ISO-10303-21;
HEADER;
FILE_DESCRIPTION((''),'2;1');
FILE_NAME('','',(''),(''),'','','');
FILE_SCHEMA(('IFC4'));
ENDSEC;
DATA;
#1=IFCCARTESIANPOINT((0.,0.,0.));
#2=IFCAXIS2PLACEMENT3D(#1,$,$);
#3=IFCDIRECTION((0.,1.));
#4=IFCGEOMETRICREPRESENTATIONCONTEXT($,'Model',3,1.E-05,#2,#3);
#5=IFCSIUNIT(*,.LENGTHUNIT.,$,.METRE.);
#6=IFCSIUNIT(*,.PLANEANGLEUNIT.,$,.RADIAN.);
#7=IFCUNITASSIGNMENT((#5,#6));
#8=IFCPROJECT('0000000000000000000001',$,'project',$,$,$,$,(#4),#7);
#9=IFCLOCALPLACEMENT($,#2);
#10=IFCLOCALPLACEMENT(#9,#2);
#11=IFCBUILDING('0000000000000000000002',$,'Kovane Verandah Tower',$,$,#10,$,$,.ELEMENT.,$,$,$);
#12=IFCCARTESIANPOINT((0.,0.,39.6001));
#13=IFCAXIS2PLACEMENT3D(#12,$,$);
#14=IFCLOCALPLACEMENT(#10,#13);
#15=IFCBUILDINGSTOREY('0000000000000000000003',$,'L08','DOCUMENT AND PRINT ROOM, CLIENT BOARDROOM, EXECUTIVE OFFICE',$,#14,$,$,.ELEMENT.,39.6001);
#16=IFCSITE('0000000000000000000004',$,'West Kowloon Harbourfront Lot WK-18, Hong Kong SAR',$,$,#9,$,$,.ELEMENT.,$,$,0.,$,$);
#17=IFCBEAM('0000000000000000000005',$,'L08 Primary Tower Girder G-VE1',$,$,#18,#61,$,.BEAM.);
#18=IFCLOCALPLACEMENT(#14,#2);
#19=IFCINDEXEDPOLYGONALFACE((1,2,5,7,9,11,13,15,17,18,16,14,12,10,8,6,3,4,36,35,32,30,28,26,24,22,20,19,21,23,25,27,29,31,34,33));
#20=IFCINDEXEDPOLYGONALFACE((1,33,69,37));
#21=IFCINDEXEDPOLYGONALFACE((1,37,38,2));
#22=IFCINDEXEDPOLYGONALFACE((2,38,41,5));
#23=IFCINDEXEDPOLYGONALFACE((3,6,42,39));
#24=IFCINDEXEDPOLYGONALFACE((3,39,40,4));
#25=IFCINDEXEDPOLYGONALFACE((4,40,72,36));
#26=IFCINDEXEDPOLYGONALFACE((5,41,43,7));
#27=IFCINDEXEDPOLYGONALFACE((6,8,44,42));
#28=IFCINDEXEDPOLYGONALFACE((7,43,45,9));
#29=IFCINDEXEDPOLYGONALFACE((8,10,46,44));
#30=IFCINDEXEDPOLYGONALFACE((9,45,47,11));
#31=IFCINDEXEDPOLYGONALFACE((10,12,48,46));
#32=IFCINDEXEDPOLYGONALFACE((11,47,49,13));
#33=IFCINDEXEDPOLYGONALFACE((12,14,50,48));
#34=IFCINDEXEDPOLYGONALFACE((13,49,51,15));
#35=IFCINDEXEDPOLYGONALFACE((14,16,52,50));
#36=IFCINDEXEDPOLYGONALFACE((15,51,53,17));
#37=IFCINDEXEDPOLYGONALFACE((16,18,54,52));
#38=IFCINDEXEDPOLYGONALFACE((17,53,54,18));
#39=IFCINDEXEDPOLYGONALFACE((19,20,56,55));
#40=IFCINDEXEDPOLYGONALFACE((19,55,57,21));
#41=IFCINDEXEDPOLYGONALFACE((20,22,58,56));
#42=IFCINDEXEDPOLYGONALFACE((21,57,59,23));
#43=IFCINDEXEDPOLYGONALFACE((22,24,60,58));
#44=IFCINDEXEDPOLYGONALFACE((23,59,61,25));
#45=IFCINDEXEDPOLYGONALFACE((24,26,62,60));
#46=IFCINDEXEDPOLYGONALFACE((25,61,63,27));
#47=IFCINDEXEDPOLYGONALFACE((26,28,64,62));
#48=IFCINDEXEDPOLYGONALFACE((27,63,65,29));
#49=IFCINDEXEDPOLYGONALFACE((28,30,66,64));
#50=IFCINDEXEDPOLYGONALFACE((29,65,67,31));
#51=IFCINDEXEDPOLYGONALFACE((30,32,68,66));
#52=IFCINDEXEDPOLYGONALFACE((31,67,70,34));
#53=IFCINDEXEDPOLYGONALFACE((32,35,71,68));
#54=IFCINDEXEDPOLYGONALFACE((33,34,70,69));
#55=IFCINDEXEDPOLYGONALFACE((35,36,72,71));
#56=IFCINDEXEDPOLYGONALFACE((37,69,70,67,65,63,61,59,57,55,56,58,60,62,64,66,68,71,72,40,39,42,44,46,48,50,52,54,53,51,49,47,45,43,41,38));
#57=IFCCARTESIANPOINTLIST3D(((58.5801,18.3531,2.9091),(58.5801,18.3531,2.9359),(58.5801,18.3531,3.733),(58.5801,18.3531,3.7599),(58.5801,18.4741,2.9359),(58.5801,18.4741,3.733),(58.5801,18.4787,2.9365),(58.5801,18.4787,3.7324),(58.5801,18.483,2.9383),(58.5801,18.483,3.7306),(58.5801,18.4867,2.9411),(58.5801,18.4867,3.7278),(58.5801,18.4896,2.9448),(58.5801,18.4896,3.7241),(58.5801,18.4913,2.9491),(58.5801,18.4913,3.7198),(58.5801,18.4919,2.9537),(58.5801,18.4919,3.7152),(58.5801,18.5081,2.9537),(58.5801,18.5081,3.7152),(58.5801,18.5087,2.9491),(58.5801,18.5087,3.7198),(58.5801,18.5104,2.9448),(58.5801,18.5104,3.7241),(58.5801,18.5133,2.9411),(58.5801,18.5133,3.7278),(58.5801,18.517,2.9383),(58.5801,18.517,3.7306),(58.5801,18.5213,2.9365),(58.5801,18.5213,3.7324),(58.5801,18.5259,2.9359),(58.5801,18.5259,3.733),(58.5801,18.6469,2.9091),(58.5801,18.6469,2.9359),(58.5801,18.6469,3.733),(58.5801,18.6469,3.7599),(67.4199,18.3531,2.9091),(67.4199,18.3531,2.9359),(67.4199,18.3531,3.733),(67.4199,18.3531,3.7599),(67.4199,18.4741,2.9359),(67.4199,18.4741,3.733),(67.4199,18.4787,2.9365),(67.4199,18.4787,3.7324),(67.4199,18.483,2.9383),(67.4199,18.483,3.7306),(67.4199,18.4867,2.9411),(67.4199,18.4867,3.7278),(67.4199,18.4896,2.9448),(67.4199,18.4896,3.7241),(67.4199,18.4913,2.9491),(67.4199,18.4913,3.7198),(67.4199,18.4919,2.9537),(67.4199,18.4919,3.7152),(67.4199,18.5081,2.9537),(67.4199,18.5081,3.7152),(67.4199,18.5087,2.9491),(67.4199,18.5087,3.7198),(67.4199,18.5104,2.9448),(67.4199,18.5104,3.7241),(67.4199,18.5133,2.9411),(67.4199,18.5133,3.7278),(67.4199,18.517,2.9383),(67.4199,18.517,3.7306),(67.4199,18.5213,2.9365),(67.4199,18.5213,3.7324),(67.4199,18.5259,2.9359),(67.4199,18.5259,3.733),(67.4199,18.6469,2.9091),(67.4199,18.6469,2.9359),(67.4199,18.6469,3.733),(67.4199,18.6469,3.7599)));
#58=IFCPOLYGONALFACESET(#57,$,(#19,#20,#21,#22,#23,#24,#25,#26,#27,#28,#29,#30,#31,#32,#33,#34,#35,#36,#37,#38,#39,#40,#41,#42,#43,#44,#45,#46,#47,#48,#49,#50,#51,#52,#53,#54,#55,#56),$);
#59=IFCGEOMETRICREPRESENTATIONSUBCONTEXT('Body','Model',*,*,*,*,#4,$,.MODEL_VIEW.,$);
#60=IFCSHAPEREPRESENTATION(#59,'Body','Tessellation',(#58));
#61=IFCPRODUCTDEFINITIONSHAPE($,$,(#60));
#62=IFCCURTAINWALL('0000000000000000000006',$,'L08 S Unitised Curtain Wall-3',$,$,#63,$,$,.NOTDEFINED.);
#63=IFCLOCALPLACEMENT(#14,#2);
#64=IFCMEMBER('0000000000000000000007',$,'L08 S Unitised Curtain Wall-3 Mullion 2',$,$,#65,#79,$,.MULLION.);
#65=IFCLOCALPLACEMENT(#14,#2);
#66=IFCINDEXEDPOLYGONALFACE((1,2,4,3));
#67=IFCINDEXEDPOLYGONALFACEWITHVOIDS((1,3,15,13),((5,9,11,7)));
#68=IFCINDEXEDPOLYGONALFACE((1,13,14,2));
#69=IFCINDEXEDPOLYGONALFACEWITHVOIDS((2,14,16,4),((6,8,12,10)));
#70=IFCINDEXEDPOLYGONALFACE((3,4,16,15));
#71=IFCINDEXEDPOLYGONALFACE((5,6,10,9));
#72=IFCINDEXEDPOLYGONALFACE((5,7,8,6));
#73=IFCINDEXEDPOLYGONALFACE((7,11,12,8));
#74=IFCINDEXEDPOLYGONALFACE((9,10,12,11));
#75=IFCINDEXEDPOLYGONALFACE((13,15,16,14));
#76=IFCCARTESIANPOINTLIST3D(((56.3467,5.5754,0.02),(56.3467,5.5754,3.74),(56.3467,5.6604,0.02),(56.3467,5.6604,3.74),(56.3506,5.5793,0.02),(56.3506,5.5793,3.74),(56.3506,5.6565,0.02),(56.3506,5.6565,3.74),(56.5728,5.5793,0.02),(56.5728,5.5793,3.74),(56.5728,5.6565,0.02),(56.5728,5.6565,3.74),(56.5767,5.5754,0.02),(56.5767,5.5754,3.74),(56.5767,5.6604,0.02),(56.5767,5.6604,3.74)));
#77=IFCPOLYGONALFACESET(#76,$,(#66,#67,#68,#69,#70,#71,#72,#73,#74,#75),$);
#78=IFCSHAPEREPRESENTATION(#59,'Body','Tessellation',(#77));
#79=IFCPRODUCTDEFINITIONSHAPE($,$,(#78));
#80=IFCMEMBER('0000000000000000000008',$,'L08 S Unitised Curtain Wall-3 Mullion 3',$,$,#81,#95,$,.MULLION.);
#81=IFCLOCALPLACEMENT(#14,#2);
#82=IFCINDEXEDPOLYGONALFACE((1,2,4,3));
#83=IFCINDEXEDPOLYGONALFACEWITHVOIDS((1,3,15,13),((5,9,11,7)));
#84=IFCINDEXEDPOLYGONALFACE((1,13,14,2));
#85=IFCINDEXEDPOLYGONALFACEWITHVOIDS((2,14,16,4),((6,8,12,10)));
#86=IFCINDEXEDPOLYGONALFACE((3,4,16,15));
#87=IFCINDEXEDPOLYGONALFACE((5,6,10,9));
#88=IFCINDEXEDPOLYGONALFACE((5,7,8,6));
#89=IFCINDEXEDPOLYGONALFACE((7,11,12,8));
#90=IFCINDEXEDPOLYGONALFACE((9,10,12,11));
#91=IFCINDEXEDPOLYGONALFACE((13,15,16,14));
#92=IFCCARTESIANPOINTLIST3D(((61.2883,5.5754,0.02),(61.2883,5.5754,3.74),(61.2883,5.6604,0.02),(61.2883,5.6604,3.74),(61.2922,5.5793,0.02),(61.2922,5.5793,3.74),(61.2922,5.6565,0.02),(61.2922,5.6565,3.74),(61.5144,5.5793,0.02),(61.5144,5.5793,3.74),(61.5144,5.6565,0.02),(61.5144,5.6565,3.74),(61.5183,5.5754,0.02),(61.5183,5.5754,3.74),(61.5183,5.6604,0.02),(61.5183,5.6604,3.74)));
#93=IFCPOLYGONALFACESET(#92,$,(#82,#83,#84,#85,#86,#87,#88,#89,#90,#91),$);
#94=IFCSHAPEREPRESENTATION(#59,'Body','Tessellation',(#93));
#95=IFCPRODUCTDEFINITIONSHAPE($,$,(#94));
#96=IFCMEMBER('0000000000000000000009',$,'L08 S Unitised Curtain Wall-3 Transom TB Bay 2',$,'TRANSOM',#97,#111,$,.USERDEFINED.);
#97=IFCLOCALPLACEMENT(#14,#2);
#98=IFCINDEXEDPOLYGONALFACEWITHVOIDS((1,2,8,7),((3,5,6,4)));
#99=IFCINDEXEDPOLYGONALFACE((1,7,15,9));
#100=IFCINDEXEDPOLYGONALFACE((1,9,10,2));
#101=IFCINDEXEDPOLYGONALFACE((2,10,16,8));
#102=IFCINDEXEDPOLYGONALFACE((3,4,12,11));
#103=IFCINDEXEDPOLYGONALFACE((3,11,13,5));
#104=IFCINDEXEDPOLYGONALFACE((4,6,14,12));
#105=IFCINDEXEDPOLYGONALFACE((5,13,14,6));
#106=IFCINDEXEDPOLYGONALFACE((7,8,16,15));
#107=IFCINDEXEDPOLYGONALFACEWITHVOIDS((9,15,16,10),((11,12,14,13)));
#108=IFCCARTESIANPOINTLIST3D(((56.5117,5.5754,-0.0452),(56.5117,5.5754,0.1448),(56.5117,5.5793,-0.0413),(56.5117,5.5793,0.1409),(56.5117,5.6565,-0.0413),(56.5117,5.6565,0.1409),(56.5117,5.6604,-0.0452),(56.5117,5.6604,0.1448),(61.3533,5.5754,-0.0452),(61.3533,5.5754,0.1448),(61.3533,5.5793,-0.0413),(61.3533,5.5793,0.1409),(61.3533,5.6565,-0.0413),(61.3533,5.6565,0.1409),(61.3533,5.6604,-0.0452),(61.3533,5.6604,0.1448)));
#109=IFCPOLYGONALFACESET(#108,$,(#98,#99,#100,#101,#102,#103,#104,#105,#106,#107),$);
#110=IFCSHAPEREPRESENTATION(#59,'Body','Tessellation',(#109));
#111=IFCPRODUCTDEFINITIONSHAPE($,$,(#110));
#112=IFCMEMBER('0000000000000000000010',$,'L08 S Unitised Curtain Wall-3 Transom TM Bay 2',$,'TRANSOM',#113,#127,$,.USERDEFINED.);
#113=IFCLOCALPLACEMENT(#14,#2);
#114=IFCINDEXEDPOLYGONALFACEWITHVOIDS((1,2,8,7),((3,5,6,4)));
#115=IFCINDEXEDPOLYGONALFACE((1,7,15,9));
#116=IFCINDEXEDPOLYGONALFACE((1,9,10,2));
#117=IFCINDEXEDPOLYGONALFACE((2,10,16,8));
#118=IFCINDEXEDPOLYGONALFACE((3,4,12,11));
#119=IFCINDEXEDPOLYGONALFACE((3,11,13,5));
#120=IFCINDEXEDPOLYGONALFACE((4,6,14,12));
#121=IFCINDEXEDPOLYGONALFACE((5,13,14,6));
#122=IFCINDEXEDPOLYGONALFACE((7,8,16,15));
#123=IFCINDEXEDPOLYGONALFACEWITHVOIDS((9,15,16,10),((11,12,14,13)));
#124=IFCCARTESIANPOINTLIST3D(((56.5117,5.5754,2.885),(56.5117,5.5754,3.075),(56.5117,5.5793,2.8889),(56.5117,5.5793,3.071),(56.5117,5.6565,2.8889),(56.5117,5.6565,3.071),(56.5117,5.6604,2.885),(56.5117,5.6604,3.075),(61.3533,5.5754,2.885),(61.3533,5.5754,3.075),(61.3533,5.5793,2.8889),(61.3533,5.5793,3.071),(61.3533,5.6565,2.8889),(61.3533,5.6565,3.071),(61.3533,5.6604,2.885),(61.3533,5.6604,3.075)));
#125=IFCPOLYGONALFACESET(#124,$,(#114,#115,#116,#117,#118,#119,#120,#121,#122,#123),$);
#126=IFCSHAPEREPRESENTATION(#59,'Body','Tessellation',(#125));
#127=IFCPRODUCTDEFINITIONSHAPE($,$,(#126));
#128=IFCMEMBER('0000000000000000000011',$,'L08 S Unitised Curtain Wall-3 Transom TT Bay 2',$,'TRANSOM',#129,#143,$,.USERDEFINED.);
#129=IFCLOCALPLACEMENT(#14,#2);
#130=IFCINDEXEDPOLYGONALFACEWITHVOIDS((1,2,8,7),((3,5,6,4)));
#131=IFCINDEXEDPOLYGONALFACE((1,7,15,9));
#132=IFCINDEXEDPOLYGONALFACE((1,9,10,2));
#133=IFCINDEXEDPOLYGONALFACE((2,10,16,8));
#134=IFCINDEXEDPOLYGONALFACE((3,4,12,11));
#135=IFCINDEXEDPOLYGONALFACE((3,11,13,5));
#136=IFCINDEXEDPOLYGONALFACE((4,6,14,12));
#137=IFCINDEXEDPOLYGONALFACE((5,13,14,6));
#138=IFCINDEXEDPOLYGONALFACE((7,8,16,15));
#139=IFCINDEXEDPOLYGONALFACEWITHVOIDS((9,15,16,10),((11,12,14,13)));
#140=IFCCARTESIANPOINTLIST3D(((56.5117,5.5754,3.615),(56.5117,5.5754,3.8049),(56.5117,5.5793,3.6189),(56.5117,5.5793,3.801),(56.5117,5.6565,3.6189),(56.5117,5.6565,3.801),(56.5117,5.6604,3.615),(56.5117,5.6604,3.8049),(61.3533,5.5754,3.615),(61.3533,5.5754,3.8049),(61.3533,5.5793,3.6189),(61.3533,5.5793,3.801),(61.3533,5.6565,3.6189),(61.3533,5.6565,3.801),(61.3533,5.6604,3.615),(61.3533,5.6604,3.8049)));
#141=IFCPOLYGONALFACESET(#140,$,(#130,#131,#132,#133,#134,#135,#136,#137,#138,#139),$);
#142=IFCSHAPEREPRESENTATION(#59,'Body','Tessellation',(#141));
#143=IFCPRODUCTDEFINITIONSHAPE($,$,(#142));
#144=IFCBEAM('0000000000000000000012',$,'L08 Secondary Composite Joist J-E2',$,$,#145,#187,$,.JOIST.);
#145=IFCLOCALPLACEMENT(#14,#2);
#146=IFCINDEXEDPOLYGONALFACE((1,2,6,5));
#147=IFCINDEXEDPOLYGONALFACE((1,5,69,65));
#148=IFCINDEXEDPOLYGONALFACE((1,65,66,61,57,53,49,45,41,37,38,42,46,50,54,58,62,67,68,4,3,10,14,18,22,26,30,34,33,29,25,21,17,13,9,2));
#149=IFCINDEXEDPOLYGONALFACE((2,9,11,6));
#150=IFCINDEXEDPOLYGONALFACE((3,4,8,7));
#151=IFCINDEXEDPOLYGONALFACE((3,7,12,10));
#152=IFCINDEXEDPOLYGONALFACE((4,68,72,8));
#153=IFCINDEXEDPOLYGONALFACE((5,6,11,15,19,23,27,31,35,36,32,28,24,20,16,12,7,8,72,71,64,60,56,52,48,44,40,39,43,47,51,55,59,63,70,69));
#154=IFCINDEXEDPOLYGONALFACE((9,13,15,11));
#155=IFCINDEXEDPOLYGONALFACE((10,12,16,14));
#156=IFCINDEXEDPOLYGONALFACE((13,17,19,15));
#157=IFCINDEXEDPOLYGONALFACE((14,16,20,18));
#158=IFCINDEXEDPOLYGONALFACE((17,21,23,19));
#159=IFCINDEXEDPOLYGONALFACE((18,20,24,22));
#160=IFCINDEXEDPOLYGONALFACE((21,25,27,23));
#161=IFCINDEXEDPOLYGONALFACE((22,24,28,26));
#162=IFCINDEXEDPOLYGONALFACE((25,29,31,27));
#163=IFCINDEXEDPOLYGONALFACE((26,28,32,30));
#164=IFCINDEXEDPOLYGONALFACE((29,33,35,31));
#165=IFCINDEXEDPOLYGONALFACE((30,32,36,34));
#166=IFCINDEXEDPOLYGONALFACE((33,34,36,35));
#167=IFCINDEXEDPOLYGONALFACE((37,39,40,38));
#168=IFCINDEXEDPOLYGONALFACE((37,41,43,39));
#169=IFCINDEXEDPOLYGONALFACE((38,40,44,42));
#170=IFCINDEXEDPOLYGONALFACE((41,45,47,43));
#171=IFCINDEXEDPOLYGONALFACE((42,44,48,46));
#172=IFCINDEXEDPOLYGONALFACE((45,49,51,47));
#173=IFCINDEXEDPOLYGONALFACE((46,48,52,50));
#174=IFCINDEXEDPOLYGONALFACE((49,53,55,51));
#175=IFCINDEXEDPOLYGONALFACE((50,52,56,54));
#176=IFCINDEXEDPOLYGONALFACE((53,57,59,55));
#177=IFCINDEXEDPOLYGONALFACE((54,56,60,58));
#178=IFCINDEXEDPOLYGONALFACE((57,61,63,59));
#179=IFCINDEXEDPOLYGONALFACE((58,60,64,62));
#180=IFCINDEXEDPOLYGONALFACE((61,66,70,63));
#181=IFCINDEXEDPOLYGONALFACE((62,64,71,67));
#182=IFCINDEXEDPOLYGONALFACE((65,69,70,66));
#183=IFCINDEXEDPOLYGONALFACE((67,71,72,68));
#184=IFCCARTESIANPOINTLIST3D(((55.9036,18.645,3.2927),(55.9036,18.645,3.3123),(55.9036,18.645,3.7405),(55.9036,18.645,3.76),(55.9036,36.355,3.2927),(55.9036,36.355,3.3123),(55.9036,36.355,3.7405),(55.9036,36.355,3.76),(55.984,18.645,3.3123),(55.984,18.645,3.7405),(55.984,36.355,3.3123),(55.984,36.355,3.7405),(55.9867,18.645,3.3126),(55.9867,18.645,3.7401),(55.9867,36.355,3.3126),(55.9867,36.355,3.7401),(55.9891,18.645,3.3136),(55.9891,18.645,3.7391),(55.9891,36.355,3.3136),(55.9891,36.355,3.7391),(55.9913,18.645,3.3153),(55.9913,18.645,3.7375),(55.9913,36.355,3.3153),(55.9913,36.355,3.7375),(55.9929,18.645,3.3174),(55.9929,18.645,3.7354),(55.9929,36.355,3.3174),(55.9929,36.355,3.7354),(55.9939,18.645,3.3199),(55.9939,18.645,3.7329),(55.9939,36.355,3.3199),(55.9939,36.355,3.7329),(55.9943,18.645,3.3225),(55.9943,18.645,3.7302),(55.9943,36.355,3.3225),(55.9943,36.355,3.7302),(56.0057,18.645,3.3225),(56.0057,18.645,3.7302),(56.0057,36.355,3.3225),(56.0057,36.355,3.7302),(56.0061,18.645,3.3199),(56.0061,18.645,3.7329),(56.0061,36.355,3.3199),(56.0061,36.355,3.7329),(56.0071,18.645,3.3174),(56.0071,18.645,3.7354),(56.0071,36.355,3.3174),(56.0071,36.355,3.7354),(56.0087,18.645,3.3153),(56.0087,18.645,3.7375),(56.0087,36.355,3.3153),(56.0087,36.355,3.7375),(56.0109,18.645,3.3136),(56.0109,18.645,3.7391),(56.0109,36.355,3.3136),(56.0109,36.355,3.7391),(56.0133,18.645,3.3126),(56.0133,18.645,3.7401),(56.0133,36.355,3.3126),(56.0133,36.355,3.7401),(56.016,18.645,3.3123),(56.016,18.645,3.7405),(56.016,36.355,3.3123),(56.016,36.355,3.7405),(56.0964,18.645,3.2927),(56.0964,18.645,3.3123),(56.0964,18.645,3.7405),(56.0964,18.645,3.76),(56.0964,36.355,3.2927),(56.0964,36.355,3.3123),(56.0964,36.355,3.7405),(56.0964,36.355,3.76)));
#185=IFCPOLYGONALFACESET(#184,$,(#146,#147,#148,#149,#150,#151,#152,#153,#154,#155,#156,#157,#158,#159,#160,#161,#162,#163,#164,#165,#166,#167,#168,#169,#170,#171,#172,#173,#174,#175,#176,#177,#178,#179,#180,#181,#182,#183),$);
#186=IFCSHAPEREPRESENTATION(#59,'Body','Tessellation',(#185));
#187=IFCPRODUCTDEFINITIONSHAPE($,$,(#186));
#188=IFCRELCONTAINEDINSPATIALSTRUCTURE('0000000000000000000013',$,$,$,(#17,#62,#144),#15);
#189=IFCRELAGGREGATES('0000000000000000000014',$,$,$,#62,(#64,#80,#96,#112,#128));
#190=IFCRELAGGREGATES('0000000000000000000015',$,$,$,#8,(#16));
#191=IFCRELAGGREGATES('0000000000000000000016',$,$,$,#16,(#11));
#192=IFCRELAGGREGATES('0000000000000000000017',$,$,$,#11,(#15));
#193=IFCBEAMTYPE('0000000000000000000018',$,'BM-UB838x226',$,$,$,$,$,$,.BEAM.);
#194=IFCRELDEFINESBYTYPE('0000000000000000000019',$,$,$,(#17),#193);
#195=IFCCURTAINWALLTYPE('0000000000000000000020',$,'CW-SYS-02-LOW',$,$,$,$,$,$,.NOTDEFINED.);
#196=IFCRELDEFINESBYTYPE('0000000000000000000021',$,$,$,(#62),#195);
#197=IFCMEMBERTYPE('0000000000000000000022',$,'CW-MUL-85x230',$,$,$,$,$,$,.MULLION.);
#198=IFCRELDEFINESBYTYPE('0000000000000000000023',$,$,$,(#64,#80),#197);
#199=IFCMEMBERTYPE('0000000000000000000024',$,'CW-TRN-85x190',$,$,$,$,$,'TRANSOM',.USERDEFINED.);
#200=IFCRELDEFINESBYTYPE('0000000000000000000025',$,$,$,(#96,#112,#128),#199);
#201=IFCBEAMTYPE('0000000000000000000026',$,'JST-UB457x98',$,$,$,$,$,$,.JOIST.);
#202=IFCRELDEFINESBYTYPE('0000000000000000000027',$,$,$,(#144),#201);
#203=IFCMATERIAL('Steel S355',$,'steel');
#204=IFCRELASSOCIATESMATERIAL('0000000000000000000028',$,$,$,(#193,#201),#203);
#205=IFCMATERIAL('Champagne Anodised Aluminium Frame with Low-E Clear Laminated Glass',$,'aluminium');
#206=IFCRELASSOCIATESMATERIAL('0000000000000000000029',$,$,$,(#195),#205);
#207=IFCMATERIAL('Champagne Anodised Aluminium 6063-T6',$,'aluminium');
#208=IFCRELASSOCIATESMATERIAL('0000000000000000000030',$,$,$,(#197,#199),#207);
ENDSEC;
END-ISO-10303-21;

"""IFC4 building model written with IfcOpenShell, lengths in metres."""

from ifc_helpers import new_model, si_unit, direction, frame, origin, origin_2d, place, context, subcontext, project, spatial, hollow_rectangle, i_section, extrude, material, material_profile, profile_set, type_object, element, aggregate, save


model = new_model("IFC4")

# Units and contexts
model_context = context("Model", 3, precision=1e-05, world=origin(), true_north=direction((0.0, 1.0)))
body_context = subcontext(model_context, "Body", "Model", "MODEL_VIEW")
ifc_project = project(units=[si_unit("LENGTHUNIT", "METRE"), si_unit("PLANEANGLEUNIT", "RADIAN")], contexts=[model_context])

# Site, building, storey
site_placement = place(None, origin())
site = spatial("IfcSite", under=ifc_project, at=site_placement, Name="West Kowloon Harbourfront Lot WK-18, Hong Kong SAR", CompositionType="ELEMENT", RefElevation=0.0)
building_placement = place(site_placement, origin())
building = spatial("IfcBuilding", under=site, at=building_placement, Name="Kovane Verandah Tower", CompositionType="ELEMENT")
storey_placement = place(building_placement, frame((0.0, 0.0, 39.6001)))
storey = spatial("IfcBuildingStorey", under=building, at=storey_placement, Name="L08", Description="DOCUMENT AND PRINT ROOM, CLIENT BOARDROOM, EXECUTIVE OFFICE", CompositionType="ELEMENT", Elevation=39.6001)

# Beam
ifc_material_1 = material(Name="Steel S355", Category="steel")
ifc_material_profile_1 = material_profile(ifc_material_1, i_section(OverallWidth=0.2937, OverallDepth=0.8508, WebThickness=0.0161, FlangeThickness=0.0269, FilletRadius=0.0178, at=origin_2d()), Name="UB838x292x226")
ifc_profile_set_1 = profile_set([ifc_material_profile_1], Name="Steel S355")
beam_type_1 = type_object("IfcBeamType", Name="BM-UB838x226", PredefinedType="BEAM", material=ifc_profile_set_1)
beam_1_placement = place(storey_placement, frame((58.5801, 18.5, 3.3345), z_axis=(1.0, 0.0, 0.0), x_axis=(0.0, 1.0, 0.0)))
element("IfcBeam", 1, at=beam_1_placement, inside=storey, type_object=beam_type_1, Name="L08 Primary Tower Girder G-VE1", PredefinedType="BEAM", context=body_context, shape_type="SweptSolid", body=[
    extrude(i_section(OverallWidth=0.2937, OverallDepth=0.8508, WebThickness=0.0161, FlangeThickness=0.0269, FilletRadius=0.0178, at=origin_2d()), origin(), (0.0, 0.0, 1.0), 8.8398),
])

# Curtain wall, members
ifc_material_2 = material(Name="Champagne Anodised Aluminium Frame with Low-E Clear Laminated Glass", Category="aluminium")
curtain_wall_type = type_object("IfcCurtainWallType", Name="CW-SYS-02-LOW", PredefinedType="NOTDEFINED", material=ifc_material_2)
curtain_wall_placement = place(storey_placement, origin())
curtain_wall = element("IfcCurtainWall", 2, at=curtain_wall_placement, inside=storey, type_object=curtain_wall_type, Name="L08 S Unitised Curtain Wall-3", PredefinedType="NOTDEFINED")
ifc_material_3 = material(Name="Champagne Anodised Aluminium 6063-T6", Category="aluminium")
ifc_material_profile_2 = material_profile(ifc_material_3, hollow_rectangle(XDim=0.085, YDim=0.23, WallThickness=0.0039, at=origin_2d()), Name="AL85x230x4")
ifc_profile_set_2 = profile_set([ifc_material_profile_2], Name="Champagne Anodised Aluminium 6063-T6")
member_type_1 = type_object("IfcMemberType", Name="CW-MUL-85x230", PredefinedType="MULLION", material=ifc_profile_set_2)
member_1_placement = place(storey_placement, frame((56.4617, 5.6179, 0.02), z_axis=(0.0, 0.0, 1.0), x_axis=(0.0, -1.0, 0.0)))
member_1 = element("IfcMember", 3, at=member_1_placement, type_object=member_type_1, Name="L08 S Unitised Curtain Wall-3 Mullion 2", PredefinedType="MULLION", context=body_context, shape_type="SweptSolid", body=[
    extrude(hollow_rectangle(XDim=0.085, YDim=0.23, WallThickness=0.0039, at=origin_2d()), origin(), (0.0, 0.0, 1.0), 3.72),
])
member_2_placement = place(storey_placement, frame((61.4033, 5.6179, 0.02), z_axis=(0.0, 0.0, 1.0), x_axis=(0.0, -1.0, 0.0)))
member_2 = element("IfcMember", 4, at=member_2_placement, type_object=member_type_1, Name="L08 S Unitised Curtain Wall-3 Mullion 3", PredefinedType="MULLION", context=body_context, shape_type="SweptSolid", body=[
    extrude(hollow_rectangle(XDim=0.085, YDim=0.23, WallThickness=0.0039, at=origin_2d()), origin(), (0.0, 0.0, 1.0), 3.72),
])
ifc_material_profile_3 = material_profile(ifc_material_3, hollow_rectangle(XDim=0.085, YDim=0.1899, WallThickness=0.0039, at=origin_2d()), Name="AL85x190x4")
ifc_profile_set_3 = profile_set([ifc_material_profile_3], Name="Champagne Anodised Aluminium 6063-T6")
member_type_2 = type_object("IfcMemberType", Name="CW-TRN-85x190", ElementType="TRANSOM", PredefinedType="USERDEFINED", material=ifc_profile_set_3)
member_3_placement = place(storey_placement, frame((56.5117, 5.6179, 0.0498), z_axis=(1.0, 0.0, 0.0), x_axis=(0.0, 1.0, 0.0)))
member_3 = element("IfcMember", 5, at=member_3_placement, type_object=member_type_2, Name="L08 S Unitised Curtain Wall-3 Transom TB Bay 2", ObjectType="TRANSOM", PredefinedType="USERDEFINED", context=body_context, shape_type="SweptSolid", body=[
    extrude(hollow_rectangle(XDim=0.085, YDim=0.1899, WallThickness=0.0039, at=origin_2d()), origin(), (0.0, 0.0, 1.0), 4.8416),
])
member_4_placement = place(storey_placement, frame((56.5117, 5.6179, 2.98), z_axis=(1.0, 0.0, 0.0), x_axis=(0.0, 1.0, 0.0)))
member_4 = element("IfcMember", 6, at=member_4_placement, type_object=member_type_2, Name="L08 S Unitised Curtain Wall-3 Transom TM Bay 2", ObjectType="TRANSOM", PredefinedType="USERDEFINED", context=body_context, shape_type="SweptSolid", body=[
    extrude(hollow_rectangle(XDim=0.085, YDim=0.1899, WallThickness=0.0039, at=origin_2d()), origin(), (0.0, 0.0, 1.0), 4.8416),
])
member_5_placement = place(storey_placement, frame((56.5117, 5.6179, 3.71), z_axis=(1.0, 0.0, 0.0), x_axis=(0.0, 1.0, 0.0)))
member_5 = element("IfcMember", 7, at=member_5_placement, type_object=member_type_2, Name="L08 S Unitised Curtain Wall-3 Transom TT Bay 2", ObjectType="TRANSOM", PredefinedType="USERDEFINED", context=body_context, shape_type="SweptSolid", body=[
    extrude(hollow_rectangle(XDim=0.085, YDim=0.1899, WallThickness=0.0039, at=origin_2d()), origin(), (0.0, 0.0, 1.0), 4.8416),
])

# Beam
ifc_material_profile_4 = material_profile(ifc_material_1, i_section(OverallWidth=0.1929, OverallDepth=0.4673, WebThickness=0.0115, FlangeThickness=0.0195, FilletRadius=0.0103, at=origin_2d()), Name="UB457x191x98")
ifc_profile_set_4 = profile_set([ifc_material_profile_4], Name="Steel S355")
beam_type_2 = type_object("IfcBeamType", Name="JST-UB457x98", PredefinedType="JOIST", material=ifc_profile_set_4)
beam_2_placement = place(storey_placement, frame((56.0, 18.645, 3.5264), z_axis=(0.0, 1.0, 0.0), x_axis=(-1.0, 0.0, 0.0)))
element("IfcBeam", 8, at=beam_2_placement, inside=storey, type_object=beam_type_2, Name="L08 Secondary Composite Joist J-E2", PredefinedType="JOIST", context=body_context, shape_type="SweptSolid", body=[
    extrude(i_section(OverallWidth=0.1929, OverallDepth=0.4673, WebThickness=0.0115, FlangeThickness=0.0195, FilletRadius=0.0103, at=origin_2d()), origin(), (0.0, 0.0, 1.0), 17.71),
])

aggregate(curtain_wall, [member_1, member_2, member_3, member_4, member_5])

save(model, "model.ifc")
